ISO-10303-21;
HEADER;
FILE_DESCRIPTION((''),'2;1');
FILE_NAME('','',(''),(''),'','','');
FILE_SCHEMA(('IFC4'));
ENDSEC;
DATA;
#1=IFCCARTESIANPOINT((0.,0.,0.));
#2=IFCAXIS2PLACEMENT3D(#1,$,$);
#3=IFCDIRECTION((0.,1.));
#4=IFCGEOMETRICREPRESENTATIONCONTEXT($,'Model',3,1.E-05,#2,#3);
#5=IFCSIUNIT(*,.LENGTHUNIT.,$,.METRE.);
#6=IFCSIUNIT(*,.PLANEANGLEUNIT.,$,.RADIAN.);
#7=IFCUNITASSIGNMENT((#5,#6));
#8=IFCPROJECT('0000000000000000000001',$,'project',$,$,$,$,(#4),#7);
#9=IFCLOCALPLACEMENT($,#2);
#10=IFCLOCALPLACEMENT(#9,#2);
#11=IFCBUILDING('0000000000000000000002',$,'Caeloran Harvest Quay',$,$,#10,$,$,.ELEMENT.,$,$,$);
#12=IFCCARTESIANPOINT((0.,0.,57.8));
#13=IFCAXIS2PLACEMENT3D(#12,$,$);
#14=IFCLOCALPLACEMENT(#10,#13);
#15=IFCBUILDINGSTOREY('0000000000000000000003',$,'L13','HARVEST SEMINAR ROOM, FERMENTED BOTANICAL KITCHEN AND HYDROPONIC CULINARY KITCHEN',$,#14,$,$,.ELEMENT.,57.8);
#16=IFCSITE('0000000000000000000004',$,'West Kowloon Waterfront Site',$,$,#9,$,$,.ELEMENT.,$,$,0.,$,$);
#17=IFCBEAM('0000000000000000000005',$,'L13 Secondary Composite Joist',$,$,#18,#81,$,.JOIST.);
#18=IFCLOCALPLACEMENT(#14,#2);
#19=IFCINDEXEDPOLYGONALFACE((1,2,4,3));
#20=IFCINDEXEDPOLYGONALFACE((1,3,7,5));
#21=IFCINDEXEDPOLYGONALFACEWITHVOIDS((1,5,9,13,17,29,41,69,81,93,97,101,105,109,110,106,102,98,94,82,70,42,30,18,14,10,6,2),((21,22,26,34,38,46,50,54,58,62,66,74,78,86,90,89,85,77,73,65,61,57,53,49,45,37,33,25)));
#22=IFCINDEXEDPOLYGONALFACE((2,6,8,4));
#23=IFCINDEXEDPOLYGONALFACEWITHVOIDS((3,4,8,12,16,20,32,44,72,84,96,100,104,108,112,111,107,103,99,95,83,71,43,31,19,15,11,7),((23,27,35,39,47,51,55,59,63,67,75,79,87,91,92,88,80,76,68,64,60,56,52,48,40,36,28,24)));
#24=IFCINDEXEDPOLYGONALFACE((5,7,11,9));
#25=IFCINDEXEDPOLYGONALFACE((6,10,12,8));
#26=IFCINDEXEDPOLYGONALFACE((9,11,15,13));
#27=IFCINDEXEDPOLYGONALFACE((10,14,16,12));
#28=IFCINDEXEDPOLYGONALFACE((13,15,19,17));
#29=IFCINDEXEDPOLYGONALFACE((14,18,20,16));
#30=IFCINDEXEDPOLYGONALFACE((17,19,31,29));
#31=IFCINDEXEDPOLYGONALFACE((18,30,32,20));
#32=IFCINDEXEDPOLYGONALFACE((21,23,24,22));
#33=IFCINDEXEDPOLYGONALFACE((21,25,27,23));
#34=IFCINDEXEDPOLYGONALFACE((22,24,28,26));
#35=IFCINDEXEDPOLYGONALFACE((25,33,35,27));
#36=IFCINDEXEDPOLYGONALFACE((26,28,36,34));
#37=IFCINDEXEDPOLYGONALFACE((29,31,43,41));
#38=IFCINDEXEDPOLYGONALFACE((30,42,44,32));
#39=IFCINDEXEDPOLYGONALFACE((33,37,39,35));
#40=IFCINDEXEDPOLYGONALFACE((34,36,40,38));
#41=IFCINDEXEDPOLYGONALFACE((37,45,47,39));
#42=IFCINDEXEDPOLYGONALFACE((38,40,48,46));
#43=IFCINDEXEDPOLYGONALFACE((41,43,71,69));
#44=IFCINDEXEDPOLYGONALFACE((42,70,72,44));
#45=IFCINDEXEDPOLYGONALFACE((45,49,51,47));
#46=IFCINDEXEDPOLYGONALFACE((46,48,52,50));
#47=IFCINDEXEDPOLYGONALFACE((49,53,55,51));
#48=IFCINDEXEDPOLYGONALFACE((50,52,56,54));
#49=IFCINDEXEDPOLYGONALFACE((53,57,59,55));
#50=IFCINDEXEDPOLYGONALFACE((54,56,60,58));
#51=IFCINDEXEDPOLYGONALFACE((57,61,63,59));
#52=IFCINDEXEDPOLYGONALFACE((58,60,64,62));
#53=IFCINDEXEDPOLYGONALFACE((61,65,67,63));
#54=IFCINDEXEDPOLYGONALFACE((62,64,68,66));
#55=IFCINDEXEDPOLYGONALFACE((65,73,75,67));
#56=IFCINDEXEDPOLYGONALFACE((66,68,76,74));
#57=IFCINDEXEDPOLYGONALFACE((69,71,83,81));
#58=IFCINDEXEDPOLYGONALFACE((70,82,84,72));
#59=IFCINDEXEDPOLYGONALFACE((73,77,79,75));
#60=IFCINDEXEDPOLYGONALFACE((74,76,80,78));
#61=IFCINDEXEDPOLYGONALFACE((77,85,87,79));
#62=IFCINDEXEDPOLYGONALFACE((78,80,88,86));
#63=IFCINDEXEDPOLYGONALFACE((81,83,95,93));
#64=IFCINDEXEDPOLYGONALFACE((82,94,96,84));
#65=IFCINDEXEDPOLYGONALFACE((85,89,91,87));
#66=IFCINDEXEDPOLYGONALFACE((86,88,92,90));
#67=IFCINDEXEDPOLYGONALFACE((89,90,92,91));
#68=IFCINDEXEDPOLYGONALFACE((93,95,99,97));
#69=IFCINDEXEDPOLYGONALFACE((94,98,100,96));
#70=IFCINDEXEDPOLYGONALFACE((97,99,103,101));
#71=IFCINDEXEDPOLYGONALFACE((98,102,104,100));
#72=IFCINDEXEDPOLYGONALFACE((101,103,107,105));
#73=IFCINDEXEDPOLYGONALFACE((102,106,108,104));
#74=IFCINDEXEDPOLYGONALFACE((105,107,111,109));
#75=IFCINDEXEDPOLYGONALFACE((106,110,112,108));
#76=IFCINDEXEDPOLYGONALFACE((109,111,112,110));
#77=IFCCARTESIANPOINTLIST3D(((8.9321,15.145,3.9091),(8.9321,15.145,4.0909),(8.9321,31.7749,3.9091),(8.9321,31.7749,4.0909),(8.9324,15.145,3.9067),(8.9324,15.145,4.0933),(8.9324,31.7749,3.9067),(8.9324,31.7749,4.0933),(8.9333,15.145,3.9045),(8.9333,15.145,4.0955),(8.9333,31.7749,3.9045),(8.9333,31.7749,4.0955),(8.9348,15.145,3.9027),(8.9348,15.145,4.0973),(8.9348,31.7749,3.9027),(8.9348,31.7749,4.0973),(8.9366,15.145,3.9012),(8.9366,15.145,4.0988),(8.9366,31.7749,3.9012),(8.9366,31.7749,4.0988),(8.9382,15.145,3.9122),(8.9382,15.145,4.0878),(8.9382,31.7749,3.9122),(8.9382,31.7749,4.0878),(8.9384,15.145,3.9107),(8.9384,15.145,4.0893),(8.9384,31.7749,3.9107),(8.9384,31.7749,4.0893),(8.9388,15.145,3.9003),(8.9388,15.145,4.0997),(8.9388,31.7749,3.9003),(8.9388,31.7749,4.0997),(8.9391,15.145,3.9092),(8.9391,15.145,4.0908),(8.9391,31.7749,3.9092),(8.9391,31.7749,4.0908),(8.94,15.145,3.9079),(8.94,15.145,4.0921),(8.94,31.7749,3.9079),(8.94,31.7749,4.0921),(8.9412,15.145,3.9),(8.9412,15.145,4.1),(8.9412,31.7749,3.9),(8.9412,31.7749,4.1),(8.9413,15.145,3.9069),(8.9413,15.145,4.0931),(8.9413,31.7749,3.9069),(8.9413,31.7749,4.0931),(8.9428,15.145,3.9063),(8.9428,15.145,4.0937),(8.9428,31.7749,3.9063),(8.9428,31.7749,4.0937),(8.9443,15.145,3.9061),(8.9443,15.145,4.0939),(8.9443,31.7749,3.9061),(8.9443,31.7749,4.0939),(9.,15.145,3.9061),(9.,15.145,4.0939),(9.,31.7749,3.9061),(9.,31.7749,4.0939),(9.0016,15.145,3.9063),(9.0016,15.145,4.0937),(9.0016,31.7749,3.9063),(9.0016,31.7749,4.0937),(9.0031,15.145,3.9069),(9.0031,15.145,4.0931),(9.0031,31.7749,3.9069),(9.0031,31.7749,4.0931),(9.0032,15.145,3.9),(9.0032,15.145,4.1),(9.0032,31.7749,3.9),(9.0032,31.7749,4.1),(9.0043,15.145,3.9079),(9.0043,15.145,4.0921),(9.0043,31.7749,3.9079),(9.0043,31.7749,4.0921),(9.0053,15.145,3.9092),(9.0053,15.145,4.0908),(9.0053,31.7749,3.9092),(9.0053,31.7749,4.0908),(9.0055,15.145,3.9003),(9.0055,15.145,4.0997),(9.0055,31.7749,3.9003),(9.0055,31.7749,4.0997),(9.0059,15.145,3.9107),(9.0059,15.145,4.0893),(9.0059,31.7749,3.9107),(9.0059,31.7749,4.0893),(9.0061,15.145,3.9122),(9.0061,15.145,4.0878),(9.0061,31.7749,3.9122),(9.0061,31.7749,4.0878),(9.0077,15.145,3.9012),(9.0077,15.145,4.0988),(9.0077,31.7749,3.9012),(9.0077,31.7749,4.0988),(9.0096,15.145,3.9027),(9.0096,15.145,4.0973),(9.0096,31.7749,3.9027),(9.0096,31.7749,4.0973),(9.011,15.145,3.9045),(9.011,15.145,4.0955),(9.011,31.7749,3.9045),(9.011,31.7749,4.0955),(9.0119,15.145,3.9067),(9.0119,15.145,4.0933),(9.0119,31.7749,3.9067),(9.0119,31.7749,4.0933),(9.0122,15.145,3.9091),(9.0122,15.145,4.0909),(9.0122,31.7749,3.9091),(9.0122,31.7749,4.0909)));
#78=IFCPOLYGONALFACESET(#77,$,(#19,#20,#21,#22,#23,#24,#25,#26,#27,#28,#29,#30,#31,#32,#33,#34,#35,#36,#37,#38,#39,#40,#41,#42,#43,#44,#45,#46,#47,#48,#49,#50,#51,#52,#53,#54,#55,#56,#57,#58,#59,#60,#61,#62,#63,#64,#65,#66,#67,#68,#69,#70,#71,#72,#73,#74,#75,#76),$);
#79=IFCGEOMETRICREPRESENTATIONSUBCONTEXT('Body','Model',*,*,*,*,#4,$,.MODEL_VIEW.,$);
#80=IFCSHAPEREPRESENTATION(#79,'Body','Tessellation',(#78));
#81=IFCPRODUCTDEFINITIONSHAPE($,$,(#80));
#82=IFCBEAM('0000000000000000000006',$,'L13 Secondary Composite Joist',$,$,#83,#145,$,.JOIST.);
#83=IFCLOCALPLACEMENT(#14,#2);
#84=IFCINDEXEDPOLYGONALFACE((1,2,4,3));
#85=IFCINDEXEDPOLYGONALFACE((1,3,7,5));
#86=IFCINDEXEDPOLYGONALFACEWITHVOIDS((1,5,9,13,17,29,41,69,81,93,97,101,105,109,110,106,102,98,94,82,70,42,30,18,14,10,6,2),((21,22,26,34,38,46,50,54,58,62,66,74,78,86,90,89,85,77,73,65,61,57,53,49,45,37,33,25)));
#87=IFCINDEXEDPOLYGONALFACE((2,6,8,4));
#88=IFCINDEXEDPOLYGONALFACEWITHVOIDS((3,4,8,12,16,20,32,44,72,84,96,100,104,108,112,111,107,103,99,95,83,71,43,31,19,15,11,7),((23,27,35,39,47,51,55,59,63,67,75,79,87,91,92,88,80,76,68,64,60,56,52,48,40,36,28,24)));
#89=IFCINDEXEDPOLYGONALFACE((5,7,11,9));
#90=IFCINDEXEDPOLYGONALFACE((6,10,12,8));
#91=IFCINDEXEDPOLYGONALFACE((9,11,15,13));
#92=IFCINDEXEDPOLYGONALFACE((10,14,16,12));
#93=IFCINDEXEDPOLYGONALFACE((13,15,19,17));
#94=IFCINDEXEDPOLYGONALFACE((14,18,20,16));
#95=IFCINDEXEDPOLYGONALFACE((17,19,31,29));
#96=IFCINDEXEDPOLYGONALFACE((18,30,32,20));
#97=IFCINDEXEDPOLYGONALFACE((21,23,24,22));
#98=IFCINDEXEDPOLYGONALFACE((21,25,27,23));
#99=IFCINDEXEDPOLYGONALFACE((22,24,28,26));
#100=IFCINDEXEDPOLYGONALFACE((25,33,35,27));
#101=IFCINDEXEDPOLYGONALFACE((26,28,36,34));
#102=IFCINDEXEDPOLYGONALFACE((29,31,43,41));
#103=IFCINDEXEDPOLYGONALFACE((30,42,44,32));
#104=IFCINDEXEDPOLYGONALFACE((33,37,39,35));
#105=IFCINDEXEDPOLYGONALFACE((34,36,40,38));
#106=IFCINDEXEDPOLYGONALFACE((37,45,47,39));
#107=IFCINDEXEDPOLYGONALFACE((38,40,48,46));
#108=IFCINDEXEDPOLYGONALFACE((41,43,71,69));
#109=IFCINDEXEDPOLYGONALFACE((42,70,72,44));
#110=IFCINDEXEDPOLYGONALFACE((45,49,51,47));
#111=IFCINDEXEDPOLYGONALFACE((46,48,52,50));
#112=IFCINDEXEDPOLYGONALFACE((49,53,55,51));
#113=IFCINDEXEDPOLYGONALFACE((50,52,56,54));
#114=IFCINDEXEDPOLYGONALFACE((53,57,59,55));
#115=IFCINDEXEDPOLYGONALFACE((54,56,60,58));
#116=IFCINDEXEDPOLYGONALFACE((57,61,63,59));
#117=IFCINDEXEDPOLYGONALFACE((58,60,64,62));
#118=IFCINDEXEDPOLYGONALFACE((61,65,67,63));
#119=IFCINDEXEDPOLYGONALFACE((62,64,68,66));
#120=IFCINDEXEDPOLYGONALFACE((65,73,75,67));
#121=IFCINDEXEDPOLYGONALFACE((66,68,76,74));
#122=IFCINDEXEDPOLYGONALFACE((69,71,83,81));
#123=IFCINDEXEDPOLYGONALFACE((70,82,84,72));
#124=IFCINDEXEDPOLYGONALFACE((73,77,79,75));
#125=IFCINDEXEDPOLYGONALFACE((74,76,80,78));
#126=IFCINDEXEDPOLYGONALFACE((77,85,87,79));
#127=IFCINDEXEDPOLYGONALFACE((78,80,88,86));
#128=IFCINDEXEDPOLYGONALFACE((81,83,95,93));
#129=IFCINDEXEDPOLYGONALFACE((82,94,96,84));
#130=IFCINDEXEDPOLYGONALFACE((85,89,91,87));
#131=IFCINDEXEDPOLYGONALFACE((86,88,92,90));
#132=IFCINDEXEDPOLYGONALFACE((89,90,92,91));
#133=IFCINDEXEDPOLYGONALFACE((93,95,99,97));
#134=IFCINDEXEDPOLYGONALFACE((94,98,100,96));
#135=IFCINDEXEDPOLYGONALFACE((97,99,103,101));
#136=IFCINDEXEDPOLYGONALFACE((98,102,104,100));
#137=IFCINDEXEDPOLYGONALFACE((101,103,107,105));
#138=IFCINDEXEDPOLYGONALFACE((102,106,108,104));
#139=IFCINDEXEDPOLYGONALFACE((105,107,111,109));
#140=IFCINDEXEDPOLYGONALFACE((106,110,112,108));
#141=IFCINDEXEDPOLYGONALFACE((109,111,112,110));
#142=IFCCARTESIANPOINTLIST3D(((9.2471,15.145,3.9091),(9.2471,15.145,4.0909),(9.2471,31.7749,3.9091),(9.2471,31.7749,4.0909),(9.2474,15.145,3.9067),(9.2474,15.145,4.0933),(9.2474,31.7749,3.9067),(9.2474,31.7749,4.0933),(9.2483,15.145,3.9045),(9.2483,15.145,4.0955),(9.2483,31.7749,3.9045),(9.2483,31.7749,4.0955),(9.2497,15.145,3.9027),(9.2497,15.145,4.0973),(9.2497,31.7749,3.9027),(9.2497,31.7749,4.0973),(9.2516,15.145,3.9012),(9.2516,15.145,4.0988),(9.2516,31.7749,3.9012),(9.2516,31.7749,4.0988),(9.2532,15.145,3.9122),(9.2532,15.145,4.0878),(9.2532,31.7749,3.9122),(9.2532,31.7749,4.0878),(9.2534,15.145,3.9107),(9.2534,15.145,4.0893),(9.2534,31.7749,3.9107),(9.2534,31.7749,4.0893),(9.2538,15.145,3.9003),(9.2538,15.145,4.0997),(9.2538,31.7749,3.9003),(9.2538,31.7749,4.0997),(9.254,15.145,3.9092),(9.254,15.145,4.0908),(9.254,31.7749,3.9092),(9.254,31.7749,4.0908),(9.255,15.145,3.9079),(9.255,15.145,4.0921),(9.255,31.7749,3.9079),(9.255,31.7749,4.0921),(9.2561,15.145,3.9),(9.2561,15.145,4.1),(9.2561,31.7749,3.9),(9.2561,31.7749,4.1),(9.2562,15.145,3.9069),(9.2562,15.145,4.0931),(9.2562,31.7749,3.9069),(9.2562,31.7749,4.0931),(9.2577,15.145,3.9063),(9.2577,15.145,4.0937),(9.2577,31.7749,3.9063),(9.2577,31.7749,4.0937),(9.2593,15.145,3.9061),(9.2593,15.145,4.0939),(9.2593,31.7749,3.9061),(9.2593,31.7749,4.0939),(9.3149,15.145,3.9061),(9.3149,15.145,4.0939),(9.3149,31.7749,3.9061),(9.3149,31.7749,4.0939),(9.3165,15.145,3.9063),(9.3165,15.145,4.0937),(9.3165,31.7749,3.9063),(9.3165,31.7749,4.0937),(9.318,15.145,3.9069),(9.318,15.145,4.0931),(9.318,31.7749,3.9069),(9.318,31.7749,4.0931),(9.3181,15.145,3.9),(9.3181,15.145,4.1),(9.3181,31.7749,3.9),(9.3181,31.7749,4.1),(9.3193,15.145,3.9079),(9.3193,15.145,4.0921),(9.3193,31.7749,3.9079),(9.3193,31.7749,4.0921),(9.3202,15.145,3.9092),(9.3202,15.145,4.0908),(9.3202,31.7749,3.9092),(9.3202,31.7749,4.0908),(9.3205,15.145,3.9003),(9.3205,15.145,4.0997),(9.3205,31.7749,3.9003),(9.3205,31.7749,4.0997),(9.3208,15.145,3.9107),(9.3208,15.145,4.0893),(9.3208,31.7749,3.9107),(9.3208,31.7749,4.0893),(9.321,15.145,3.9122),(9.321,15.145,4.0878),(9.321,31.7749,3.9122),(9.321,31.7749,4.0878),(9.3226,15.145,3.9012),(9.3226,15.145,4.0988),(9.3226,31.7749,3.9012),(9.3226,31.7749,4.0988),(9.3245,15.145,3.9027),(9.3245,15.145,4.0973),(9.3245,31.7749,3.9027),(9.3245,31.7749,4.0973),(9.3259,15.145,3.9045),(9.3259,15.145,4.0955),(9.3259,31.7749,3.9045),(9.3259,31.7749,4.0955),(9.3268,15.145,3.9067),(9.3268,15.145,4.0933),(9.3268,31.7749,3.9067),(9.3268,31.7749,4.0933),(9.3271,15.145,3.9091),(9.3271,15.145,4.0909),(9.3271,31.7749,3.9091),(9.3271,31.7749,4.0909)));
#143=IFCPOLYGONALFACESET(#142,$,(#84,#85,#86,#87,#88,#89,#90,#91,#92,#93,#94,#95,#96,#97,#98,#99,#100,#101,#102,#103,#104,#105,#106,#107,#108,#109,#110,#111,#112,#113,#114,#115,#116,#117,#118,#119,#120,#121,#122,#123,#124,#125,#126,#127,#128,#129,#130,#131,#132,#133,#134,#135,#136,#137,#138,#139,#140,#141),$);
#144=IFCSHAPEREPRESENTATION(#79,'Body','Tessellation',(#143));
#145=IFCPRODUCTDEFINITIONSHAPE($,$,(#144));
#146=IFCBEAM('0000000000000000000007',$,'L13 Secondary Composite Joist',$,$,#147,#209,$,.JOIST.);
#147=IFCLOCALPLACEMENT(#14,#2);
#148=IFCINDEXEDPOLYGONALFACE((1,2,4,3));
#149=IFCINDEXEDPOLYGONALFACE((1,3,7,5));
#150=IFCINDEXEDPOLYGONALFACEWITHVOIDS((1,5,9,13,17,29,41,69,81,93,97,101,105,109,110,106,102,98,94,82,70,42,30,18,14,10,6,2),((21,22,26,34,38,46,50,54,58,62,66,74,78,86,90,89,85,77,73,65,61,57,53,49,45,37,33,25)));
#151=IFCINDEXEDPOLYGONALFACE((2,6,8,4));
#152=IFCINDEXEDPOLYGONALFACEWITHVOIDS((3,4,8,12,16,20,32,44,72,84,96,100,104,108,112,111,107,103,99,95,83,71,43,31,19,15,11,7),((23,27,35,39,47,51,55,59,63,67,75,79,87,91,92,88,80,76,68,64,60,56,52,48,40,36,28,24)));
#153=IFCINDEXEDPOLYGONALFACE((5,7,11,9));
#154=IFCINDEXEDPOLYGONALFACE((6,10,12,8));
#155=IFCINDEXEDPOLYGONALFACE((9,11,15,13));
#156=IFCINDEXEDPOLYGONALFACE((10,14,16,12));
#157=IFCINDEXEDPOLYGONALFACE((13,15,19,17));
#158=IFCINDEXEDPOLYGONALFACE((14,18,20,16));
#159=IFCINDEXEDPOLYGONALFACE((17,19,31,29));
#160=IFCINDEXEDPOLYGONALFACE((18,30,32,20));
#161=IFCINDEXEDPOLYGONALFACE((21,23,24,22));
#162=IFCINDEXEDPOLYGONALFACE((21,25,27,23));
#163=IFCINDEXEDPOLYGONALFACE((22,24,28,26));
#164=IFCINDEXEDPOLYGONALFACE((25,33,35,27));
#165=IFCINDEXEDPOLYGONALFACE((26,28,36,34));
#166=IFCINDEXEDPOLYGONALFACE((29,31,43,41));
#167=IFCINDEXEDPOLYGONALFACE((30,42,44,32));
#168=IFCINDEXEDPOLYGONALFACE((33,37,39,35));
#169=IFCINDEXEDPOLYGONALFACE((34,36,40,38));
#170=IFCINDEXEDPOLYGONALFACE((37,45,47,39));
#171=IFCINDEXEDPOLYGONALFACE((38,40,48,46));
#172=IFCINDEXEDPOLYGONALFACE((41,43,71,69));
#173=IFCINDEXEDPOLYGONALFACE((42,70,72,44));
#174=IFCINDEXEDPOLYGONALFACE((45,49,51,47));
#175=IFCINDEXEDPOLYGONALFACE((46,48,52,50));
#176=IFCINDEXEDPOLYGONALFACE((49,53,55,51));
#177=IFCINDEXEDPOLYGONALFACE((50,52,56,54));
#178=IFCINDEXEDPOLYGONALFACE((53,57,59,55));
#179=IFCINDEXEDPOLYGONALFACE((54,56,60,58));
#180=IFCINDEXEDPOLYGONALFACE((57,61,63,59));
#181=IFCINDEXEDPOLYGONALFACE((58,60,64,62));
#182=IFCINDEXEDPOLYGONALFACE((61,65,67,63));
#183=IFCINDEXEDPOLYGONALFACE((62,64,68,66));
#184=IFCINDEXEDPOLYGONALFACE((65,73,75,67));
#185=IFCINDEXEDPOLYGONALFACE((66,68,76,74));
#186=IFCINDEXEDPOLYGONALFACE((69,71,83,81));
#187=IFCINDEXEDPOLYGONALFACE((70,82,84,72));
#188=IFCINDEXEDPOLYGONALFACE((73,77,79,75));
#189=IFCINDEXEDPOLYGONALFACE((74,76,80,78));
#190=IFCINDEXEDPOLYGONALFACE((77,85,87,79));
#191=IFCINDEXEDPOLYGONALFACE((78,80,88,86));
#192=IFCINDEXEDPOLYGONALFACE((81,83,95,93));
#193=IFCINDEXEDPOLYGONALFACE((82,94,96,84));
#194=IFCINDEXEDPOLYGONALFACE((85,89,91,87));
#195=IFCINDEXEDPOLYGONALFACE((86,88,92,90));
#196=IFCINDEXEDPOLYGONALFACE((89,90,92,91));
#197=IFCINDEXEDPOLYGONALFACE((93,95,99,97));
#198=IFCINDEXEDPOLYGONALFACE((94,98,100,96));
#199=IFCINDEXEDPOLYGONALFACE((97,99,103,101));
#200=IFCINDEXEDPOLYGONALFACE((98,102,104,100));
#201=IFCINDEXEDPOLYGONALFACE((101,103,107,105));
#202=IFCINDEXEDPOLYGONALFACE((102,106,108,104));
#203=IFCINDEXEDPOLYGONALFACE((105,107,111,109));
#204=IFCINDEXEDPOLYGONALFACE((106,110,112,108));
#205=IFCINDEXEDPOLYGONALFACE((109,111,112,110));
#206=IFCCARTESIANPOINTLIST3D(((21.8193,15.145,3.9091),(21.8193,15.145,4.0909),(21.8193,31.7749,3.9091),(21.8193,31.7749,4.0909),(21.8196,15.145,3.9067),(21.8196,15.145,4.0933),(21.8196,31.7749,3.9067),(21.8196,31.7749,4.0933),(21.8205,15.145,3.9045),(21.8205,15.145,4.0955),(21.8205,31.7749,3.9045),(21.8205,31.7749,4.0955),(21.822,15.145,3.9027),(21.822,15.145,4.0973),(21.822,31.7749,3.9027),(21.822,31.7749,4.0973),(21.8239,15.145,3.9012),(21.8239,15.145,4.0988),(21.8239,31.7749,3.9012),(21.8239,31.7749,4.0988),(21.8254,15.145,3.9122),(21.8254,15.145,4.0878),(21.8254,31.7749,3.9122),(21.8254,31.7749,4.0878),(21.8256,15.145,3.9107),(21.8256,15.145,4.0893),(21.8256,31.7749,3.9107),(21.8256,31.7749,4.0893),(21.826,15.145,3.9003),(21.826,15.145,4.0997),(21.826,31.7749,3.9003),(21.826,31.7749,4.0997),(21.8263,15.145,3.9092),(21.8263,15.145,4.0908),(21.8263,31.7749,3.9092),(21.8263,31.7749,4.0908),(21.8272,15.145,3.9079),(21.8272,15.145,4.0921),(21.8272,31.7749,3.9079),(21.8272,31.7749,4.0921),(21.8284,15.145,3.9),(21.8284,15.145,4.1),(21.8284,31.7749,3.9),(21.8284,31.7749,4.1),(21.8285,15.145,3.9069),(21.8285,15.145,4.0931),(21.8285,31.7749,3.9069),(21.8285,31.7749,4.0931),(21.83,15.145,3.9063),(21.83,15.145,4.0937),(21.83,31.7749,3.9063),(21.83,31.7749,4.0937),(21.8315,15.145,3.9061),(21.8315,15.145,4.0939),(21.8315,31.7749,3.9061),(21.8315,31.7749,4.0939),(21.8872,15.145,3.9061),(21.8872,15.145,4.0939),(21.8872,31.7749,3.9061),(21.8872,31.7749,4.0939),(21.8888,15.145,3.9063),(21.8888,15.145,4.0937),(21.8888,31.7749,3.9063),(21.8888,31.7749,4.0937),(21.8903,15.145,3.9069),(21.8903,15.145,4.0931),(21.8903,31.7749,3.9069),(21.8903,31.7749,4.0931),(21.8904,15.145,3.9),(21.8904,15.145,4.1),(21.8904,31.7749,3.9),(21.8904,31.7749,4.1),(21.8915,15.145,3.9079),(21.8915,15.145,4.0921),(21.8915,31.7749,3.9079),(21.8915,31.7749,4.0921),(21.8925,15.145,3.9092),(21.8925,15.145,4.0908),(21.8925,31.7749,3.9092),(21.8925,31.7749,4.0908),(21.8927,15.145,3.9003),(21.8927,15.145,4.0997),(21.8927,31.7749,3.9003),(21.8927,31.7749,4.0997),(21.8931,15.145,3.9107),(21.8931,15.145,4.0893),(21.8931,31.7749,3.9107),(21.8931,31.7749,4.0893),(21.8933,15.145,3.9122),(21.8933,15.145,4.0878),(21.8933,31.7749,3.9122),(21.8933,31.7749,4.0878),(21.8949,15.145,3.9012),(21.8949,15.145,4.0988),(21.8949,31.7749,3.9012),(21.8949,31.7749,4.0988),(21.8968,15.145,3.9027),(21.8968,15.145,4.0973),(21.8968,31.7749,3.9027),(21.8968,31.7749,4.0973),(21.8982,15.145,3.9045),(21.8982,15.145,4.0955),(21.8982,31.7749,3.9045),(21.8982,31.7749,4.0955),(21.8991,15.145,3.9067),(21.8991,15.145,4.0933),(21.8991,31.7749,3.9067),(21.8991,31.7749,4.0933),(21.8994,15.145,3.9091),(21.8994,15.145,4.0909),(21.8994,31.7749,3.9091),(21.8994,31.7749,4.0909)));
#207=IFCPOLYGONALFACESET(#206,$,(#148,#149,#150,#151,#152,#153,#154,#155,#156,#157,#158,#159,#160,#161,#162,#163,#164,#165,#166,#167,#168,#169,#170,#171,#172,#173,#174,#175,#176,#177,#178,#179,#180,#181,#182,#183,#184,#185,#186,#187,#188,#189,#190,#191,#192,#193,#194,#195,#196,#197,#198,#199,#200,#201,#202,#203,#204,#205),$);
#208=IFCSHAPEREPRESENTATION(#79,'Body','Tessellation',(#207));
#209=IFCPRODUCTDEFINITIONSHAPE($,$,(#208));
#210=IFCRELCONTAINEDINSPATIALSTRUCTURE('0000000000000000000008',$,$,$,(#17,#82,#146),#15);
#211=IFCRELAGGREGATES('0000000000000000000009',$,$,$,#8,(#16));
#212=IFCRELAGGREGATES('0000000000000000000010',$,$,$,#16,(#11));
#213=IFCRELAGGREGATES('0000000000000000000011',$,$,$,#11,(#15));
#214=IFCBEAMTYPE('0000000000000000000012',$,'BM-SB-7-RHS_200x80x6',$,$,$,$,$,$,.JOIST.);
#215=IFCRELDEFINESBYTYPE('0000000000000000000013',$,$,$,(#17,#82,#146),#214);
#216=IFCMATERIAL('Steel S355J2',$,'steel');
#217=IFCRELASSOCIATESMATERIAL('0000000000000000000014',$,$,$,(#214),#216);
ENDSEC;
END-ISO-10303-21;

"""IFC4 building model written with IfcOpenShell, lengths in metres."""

from ifc_helpers import new_model, si_unit, direction, frame, origin, origin_2d, place, context, subcontext, project, spatial, hollow_rectangle, extrude, material, material_profile, profile_set, type_object, element, save


model = new_model("IFC4")

# Units and contexts
model_context = context("Model", 3, precision=1e-05, world=origin(), true_north=direction((0.0, 1.0)))
body_context = subcontext(model_context, "Body", "Model", "MODEL_VIEW")
ifc_project = project(units=[si_unit("LENGTHUNIT", "METRE"), si_unit("PLANEANGLEUNIT", "RADIAN")], contexts=[model_context])

# Site, building, storey
site_placement = place(None, origin())
site = spatial("IfcSite", under=ifc_project, at=site_placement, Name="West Kowloon Waterfront Site", CompositionType="ELEMENT", RefElevation=0.0)
building_placement = place(site_placement, origin())
building = spatial("IfcBuilding", under=site, at=building_placement, Name="Caeloran Harvest Quay", CompositionType="ELEMENT")
storey_placement = place(building_placement, frame((0.0, 0.0, 57.8)))
storey = spatial("IfcBuildingStorey", under=building, at=storey_placement, Name="L13", Description="HARVEST SEMINAR ROOM, FERMENTED BOTANICAL KITCHEN AND HYDROPONIC CULINARY KITCHEN", CompositionType="ELEMENT", Elevation=57.8)

# Beams
ifc_material_1 = material(Name="Steel S355J2", Category="steel")
ifc_material_profile_1 = material_profile(ifc_material_1, hollow_rectangle(XDim=0.0801, YDim=0.2, WallThickness=0.0061, InnerFilletRadius=0.0061, OuterFilletRadius=0.009, at=origin_2d()), Name="RHS 200x80x6")
ifc_profile_set_1 = profile_set([ifc_material_profile_1], Name="Steel S355J2")
beam_type_1 = type_object("IfcBeamType", Name="BM-SB-7-RHS_200x80x6", PredefinedType="JOIST", material=ifc_profile_set_1)
for number, where, z_axis, x_axis, name in (
    (1, (8.9722, 15.145, 4.0), (0.0, 1.0, 0.0), (-1.0, 0.0, 0.0), "L13 Secondary Composite Joist"),
    (2, (9.2871, 15.145, 4.0), (0.0, 1.0, 0.0), (-1.0, 0.0, 0.0), "L13 Secondary Composite Joist"),
    (3, (21.8594, 15.145, 4.0), (0.0, 1.0, 0.0), (-1.0, 0.0, 0.0), "L13 Secondary Composite Joist"),
):
    element("IfcBeam", number, at=place(storey_placement, frame(where, z_axis=z_axis, x_axis=x_axis)), inside=storey, type_object=beam_type_1, Name=name, PredefinedType="JOIST", context=body_context, shape_type="SweptSolid", body=[
        extrude(hollow_rectangle(XDim=0.0801, YDim=0.2, WallThickness=0.0061, InnerFilletRadius=0.0061, OuterFilletRadius=0.009, at=origin_2d()), origin(), (0.0, 0.0, 1.0), 16.6299),
    ])

save(model, "model.ifc")
